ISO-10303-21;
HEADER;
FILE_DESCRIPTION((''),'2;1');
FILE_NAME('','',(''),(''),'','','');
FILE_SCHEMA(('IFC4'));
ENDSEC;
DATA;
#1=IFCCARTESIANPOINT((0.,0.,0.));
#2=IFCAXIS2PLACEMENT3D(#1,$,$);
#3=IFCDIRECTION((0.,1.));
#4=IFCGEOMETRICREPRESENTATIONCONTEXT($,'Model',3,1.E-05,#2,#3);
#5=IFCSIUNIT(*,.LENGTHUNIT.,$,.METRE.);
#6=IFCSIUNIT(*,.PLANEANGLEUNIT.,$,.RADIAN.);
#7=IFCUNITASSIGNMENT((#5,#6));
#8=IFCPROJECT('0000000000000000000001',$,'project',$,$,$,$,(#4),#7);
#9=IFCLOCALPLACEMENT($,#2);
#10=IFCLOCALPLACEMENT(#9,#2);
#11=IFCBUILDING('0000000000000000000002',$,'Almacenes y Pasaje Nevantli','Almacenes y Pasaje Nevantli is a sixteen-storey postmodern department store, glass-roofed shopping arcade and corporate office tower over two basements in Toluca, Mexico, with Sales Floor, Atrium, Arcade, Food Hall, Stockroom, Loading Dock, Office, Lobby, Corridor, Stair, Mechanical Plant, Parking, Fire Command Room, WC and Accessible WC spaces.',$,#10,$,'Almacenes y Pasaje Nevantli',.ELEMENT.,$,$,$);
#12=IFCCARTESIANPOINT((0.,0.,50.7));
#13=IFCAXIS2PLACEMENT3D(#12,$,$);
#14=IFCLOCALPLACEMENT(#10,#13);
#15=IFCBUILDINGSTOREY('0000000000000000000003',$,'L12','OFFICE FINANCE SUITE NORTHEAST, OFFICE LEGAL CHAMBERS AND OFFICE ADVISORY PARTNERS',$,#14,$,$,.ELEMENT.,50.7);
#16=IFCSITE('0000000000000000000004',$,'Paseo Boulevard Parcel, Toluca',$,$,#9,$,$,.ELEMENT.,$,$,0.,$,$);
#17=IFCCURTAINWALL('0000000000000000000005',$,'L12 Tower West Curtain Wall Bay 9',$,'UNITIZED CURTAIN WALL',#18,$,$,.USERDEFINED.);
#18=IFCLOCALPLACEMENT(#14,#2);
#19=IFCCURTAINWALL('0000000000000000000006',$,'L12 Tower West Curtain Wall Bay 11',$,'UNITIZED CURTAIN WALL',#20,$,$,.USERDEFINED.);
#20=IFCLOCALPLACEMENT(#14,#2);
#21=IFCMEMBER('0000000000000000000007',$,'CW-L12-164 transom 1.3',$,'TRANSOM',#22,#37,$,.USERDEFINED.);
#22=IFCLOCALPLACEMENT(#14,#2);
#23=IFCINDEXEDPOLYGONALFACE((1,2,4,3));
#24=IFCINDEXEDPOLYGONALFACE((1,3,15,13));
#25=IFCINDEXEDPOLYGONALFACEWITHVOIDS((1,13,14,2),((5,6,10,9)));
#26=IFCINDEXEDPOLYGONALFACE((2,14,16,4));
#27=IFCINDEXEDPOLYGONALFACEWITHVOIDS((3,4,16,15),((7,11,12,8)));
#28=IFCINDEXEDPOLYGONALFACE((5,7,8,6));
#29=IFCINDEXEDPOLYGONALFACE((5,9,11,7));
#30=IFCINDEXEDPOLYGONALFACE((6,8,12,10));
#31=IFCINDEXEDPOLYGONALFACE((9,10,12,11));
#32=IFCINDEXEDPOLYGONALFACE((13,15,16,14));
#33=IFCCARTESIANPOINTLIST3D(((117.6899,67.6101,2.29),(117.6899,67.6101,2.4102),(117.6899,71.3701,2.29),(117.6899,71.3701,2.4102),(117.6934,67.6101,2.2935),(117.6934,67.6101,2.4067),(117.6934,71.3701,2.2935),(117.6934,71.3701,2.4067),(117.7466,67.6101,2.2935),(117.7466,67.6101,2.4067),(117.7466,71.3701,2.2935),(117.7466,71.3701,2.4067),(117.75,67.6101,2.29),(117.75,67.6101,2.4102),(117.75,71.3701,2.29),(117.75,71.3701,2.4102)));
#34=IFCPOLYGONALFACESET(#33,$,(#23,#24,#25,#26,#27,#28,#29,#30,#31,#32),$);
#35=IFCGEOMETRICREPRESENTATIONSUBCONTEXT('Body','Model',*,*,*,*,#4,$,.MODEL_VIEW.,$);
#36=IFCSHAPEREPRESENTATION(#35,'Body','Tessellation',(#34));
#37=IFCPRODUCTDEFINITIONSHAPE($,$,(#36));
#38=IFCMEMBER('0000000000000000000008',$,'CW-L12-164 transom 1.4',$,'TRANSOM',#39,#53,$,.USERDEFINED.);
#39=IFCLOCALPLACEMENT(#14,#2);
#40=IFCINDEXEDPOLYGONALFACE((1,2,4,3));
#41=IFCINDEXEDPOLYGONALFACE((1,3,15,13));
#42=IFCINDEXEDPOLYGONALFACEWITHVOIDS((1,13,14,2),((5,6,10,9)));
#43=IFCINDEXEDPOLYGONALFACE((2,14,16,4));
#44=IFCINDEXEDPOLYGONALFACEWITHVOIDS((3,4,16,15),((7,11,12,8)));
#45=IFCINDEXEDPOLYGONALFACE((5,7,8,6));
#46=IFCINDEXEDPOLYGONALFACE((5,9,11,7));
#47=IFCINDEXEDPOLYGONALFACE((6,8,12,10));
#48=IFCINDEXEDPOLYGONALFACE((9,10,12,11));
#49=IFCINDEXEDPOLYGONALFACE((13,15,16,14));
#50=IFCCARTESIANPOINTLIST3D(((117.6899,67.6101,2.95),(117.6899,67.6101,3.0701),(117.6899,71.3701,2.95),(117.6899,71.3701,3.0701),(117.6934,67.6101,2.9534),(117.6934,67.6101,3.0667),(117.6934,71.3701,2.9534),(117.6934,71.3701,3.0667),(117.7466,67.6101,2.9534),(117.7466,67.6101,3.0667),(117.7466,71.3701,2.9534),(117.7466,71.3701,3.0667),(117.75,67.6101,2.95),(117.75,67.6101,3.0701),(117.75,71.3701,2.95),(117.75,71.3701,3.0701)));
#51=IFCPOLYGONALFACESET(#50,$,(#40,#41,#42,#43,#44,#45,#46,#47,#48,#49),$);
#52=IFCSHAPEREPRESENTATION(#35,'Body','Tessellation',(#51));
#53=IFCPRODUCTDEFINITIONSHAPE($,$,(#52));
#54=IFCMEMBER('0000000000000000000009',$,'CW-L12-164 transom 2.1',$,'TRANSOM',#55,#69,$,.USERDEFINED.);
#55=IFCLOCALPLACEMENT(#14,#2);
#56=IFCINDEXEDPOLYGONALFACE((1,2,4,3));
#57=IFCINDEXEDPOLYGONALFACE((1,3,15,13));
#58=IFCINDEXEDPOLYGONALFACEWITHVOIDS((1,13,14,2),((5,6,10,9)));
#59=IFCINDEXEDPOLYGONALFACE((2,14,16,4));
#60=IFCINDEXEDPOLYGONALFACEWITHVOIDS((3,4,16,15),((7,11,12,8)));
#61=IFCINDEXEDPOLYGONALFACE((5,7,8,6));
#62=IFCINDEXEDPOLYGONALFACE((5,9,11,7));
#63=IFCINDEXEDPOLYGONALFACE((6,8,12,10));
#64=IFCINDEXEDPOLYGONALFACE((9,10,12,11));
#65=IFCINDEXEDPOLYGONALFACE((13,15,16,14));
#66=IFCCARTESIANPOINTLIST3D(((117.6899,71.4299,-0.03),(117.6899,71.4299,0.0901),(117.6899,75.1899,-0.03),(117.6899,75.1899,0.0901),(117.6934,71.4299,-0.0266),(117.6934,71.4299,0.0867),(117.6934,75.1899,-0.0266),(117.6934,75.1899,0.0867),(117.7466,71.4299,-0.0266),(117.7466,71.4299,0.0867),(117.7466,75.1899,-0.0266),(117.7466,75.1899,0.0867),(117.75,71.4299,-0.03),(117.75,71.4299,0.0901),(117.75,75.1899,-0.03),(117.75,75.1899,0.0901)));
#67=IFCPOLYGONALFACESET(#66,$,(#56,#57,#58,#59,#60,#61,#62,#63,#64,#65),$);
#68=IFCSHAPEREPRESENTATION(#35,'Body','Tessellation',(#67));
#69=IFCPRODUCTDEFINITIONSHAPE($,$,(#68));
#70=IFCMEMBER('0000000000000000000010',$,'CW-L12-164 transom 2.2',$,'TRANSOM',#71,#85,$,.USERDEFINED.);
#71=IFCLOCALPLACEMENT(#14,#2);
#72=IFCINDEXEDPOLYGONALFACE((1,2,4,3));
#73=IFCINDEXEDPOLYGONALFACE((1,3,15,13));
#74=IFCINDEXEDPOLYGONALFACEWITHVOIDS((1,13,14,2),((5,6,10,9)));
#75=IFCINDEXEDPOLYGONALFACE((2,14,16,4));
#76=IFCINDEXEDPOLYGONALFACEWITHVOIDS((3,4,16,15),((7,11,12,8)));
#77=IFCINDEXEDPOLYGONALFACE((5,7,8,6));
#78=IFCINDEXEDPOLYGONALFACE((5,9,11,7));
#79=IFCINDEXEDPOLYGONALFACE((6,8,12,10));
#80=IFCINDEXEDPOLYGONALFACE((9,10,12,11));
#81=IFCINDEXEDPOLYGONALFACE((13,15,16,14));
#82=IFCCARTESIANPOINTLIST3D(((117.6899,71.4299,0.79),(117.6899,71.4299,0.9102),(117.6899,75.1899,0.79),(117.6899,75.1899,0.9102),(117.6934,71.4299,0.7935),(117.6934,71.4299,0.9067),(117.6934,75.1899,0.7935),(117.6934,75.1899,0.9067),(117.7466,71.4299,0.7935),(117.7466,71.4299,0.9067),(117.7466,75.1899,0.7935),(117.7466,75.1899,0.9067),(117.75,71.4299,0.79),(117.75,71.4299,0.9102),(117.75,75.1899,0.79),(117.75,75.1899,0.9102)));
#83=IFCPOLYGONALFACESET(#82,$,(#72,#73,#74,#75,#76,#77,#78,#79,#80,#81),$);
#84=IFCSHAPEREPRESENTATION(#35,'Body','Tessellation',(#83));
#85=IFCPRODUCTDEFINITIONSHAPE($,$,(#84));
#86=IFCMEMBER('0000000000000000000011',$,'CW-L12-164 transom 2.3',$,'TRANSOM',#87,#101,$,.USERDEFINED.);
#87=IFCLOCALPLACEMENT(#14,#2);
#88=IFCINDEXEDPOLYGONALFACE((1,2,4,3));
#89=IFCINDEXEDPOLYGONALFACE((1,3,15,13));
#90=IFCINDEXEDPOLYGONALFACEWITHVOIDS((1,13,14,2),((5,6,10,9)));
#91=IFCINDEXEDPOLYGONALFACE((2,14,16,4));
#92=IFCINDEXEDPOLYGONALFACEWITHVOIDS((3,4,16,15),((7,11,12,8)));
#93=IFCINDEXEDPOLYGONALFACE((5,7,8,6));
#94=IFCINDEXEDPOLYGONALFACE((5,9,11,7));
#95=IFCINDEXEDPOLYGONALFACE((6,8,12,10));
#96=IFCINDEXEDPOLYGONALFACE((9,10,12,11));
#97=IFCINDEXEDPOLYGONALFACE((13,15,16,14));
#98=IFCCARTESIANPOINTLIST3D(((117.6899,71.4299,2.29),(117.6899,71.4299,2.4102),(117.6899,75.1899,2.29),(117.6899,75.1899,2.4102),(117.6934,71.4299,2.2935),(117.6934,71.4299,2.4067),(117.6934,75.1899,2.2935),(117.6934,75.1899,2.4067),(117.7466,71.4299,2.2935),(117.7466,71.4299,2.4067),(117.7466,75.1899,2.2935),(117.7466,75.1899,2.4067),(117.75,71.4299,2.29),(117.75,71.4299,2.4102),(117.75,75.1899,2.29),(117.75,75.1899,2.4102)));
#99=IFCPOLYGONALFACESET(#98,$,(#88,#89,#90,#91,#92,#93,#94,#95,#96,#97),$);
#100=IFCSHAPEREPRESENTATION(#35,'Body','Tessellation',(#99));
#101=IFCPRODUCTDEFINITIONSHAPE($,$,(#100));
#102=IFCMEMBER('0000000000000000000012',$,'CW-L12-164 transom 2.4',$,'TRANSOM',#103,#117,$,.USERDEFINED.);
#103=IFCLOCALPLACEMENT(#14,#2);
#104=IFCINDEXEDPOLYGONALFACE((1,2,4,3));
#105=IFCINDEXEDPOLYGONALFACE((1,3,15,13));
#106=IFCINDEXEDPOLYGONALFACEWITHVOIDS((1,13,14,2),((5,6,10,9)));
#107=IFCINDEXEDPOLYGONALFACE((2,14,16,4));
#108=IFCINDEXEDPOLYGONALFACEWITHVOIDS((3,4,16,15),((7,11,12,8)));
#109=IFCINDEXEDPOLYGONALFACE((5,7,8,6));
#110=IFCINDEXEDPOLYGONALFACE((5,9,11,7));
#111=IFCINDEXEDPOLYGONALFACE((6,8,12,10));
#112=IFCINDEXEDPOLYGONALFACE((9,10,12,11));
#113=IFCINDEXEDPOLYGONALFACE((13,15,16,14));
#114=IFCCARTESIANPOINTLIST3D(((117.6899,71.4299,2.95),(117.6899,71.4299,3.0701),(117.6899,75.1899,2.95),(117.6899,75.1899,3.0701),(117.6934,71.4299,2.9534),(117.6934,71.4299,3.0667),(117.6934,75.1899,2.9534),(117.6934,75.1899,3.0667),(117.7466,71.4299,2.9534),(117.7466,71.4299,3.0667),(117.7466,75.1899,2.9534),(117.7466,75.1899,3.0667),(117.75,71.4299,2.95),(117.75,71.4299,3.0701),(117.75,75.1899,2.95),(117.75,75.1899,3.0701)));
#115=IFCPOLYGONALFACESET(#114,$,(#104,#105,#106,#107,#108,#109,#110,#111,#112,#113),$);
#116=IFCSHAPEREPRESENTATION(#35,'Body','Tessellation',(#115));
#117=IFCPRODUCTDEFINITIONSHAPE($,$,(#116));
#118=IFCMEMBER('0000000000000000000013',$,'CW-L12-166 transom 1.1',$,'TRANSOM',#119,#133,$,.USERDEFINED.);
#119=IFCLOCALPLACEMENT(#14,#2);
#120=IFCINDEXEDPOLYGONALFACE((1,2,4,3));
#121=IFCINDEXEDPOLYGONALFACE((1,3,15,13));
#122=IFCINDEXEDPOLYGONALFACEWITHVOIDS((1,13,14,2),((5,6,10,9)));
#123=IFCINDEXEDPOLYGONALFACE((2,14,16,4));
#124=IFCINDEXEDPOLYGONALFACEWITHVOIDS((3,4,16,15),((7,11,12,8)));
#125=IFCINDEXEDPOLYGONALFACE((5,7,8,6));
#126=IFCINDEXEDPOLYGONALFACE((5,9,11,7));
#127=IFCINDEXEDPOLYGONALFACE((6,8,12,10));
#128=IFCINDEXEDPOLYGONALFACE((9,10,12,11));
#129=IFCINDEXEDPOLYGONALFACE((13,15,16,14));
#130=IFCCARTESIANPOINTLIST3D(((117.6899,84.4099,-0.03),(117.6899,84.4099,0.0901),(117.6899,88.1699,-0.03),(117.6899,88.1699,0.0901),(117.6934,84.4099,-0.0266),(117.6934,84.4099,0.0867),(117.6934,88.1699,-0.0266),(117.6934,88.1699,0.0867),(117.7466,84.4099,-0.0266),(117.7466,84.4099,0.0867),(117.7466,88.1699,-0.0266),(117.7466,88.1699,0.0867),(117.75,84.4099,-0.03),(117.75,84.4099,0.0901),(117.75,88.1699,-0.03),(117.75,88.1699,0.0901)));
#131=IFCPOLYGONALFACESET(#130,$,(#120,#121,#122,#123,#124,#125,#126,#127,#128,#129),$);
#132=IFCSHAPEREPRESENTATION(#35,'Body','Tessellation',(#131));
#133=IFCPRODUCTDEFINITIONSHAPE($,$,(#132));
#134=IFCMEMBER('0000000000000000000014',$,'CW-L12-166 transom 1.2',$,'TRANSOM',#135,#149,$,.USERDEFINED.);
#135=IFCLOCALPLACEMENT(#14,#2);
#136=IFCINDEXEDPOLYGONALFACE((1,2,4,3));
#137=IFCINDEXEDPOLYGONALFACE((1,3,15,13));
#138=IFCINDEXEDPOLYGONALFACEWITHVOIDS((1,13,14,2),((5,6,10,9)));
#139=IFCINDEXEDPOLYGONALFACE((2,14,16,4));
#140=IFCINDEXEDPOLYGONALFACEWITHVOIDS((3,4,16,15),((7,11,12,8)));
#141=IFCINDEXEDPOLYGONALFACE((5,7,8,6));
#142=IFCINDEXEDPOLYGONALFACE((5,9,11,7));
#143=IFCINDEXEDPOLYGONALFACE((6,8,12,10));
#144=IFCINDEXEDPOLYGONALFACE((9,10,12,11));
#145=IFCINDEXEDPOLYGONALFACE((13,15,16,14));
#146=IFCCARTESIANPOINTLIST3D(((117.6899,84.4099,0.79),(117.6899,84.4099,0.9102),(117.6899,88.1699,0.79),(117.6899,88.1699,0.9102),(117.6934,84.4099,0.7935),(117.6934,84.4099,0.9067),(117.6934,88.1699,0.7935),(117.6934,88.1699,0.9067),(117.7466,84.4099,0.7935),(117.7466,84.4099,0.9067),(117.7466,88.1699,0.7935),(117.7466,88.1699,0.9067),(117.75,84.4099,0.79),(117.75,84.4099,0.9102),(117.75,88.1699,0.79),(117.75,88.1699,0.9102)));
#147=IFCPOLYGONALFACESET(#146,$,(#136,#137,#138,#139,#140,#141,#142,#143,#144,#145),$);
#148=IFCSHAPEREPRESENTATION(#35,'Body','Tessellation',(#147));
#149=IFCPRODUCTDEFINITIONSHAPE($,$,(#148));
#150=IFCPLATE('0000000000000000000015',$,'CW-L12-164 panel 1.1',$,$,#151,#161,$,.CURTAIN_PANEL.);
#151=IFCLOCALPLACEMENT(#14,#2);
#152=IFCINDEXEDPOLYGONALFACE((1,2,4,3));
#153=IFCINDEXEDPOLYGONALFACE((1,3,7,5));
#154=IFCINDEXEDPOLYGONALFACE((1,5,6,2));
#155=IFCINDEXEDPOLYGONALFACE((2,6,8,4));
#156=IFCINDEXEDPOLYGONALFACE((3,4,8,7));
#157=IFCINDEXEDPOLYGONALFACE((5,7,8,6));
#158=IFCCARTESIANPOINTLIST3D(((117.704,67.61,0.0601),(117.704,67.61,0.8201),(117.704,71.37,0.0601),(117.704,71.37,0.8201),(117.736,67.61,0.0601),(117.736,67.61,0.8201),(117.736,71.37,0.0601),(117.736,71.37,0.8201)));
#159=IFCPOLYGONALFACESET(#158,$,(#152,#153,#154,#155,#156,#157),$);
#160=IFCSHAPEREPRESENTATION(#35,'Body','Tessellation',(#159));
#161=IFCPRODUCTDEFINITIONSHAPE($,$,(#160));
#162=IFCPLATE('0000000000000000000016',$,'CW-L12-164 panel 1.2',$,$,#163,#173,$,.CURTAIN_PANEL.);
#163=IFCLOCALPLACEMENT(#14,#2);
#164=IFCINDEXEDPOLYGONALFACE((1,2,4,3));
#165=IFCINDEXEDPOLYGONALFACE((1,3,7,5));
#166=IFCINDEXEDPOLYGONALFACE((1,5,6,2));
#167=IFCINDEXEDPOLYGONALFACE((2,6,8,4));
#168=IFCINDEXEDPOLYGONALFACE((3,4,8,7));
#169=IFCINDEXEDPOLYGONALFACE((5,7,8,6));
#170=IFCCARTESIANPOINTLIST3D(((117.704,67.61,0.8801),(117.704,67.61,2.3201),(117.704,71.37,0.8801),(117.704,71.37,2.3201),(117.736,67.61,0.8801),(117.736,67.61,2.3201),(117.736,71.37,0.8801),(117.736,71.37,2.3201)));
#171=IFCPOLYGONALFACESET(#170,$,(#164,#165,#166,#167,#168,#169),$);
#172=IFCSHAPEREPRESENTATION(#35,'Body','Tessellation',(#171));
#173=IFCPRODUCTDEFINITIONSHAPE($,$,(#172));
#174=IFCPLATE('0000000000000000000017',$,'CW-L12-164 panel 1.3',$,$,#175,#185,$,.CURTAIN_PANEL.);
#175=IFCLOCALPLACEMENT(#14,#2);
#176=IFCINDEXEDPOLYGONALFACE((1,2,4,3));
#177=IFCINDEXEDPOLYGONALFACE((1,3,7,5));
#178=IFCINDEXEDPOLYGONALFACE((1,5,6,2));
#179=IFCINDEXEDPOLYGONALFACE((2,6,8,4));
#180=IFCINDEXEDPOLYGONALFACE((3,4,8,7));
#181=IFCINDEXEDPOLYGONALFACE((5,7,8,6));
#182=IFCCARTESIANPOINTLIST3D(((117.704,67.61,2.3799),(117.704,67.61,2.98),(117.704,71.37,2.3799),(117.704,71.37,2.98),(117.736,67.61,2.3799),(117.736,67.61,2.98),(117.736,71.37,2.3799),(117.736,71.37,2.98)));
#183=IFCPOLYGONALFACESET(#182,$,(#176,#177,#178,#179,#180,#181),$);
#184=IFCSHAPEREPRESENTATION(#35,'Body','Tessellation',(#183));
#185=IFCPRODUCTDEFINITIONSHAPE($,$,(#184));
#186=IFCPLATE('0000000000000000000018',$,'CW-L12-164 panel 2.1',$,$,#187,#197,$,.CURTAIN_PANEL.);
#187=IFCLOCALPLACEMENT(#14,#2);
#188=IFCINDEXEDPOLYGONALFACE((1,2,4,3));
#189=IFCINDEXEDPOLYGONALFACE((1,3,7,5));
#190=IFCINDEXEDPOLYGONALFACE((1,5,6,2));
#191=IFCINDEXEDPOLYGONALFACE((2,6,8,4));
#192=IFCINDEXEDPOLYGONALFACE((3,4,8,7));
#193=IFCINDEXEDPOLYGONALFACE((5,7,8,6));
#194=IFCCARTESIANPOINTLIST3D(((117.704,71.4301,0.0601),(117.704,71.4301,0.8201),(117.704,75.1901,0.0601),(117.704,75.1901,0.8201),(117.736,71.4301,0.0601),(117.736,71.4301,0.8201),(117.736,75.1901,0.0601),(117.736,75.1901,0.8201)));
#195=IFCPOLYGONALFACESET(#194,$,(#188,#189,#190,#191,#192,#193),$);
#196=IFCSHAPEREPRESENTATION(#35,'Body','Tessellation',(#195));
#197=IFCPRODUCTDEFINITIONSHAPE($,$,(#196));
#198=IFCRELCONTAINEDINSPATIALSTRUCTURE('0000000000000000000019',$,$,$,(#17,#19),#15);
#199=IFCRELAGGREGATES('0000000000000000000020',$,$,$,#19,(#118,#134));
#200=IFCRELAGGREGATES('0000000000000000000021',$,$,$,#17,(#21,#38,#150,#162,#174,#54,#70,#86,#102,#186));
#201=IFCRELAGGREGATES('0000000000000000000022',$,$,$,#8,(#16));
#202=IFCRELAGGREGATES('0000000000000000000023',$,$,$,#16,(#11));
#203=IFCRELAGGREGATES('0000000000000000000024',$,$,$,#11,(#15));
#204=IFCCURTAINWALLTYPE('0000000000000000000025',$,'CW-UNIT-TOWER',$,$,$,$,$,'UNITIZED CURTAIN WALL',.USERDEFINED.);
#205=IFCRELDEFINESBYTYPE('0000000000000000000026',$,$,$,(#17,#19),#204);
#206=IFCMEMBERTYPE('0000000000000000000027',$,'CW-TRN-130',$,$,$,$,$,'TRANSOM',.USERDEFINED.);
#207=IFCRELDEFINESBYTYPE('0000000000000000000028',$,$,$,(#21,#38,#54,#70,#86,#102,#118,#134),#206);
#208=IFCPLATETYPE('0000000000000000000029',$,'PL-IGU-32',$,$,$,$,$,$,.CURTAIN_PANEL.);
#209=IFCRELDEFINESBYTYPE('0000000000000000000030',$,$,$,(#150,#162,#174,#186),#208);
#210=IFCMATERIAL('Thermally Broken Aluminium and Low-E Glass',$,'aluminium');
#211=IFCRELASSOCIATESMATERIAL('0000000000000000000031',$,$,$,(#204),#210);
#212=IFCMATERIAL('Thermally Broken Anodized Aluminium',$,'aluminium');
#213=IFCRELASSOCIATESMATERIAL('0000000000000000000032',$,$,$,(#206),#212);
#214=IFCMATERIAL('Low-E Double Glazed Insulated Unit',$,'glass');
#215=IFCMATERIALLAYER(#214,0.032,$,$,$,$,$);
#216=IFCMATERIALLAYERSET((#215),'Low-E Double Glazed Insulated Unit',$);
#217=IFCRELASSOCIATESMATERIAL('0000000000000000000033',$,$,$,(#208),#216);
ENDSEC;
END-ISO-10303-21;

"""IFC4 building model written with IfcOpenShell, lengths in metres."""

from ifc_helpers import new_model, si_unit, direction, frame, origin, origin_2d, place, context, subcontext, project, spatial, rectangle, hollow_rectangle, extrude, material, layer, layer_set, material_profile, profile_set, type_object, element, aggregate, save


model = new_model("IFC4")

# Units and contexts
model_context = context("Model", 3, precision=1e-05, world=origin(), true_north=direction((0.0, 1.0)))
body_context = subcontext(model_context, "Body", "Model", "MODEL_VIEW")
ifc_project = project(units=[si_unit("LENGTHUNIT", "METRE"), si_unit("PLANEANGLEUNIT", "RADIAN")], contexts=[model_context])

# Site, building, storey
site_placement = place(None, origin())
site = spatial("IfcSite", under=ifc_project, at=site_placement, Name="Paseo Boulevard Parcel, Toluca", CompositionType="ELEMENT", RefElevation=0.0)
building_placement = place(site_placement, origin())
building = spatial("IfcBuilding", under=site, at=building_placement, Name="Almacenes y Pasaje Nevantli", Description="Almacenes y Pasaje Nevantli is a sixteen-storey postmodern department store, glass-roofed shopping arcade and corporate office tower over two basements in Toluca, Mexico, with Sales Floor, Atrium, Arcade, Food Hall, Stockroom, Loading Dock, Office, Lobby, Corridor, Stair, Mechanical Plant, Parking, Fire Command Room, WC and Accessible WC spaces.", LongName="Almacenes y Pasaje Nevantli", CompositionType="ELEMENT")
storey_placement = place(building_placement, frame((0.0, 0.0, 50.7)))
storey = spatial("IfcBuildingStorey", under=building, at=storey_placement, Name="L12", Description="OFFICE FINANCE SUITE NORTHEAST, OFFICE LEGAL CHAMBERS AND OFFICE ADVISORY PARTNERS", CompositionType="ELEMENT", Elevation=50.7)

# Curtain walls
ifc_material_1 = material(Name="Thermally Broken Aluminium and Low-E Glass", Category="aluminium")
curtain_wall_type = type_object("IfcCurtainWallType", Name="CW-UNIT-TOWER", ElementType="UNITIZED CURTAIN WALL", PredefinedType="USERDEFINED", material=ifc_material_1)
curtain_wall_1_placement = place(storey_placement, origin())
curtain_wall_1 = element("IfcCurtainWall", 1, at=curtain_wall_1_placement, inside=storey, type_object=curtain_wall_type, Name="L12 Tower West Curtain Wall Bay 9", ObjectType="UNITIZED CURTAIN WALL", PredefinedType="USERDEFINED")
curtain_wall_2_placement = place(storey_placement, origin())
curtain_wall_2 = element("IfcCurtainWall", 2, at=curtain_wall_2_placement, inside=storey, type_object=curtain_wall_type, Name="L12 Tower West Curtain Wall Bay 11", ObjectType="UNITIZED CURTAIN WALL", PredefinedType="USERDEFINED")

# Members
ifc_material_2 = material(Name="Thermally Broken Anodized Aluminium", Category="aluminium")
ifc_material_profile_1 = material_profile(ifc_material_2, hollow_rectangle(XDim=0.0601, YDim=0.1201, WallThickness=0.0034, at=origin_2d()), Name="ALU-TRN-60x120")
ifc_profile_set_1 = profile_set([ifc_material_profile_1], Name="Thermally Broken Anodized Aluminium")
member_type_1 = type_object("IfcMemberType", Name="CW-TRN-130", ElementType="TRANSOM", PredefinedType="USERDEFINED", material=ifc_profile_set_1)
member_1_placement = place(storey_placement, frame((117.72, 67.6101, 2.3501), z_axis=(0.0, 1.0, 0.0), x_axis=(-1.0, 0.0, 0.0)))
member_1 = element("IfcMember", 3, at=member_1_placement, type_object=member_type_1, Name="CW-L12-164 transom 1.3", ObjectType="TRANSOM", PredefinedType="USERDEFINED", context=body_context, shape_type="SweptSolid", body=[
    extrude(hollow_rectangle(XDim=0.0601, YDim=0.1201, WallThickness=0.0034, at=origin_2d()), origin(), (0.0, 0.0, 1.0), 3.76),
])
member_2_placement = place(storey_placement, frame((117.72, 67.6101, 3.01), z_axis=(0.0, 1.0, 0.0), x_axis=(-1.0, 0.0, 0.0)))
member_2 = element("IfcMember", 4, at=member_2_placement, type_object=member_type_1, Name="CW-L12-164 transom 1.4", ObjectType="TRANSOM", PredefinedType="USERDEFINED", context=body_context, shape_type="SweptSolid", body=[
    extrude(hollow_rectangle(XDim=0.0601, YDim=0.1201, WallThickness=0.0034, at=origin_2d()), origin(), (0.0, 0.0, 1.0), 3.76),
])
member_3_placement = place(storey_placement, frame((117.72, 71.4299, 0.03), z_axis=(0.0, 1.0, 0.0), x_axis=(-1.0, 0.0, 0.0)))
member_3 = element("IfcMember", 5, at=member_3_placement, type_object=member_type_1, Name="CW-L12-164 transom 2.1", ObjectType="TRANSOM", PredefinedType="USERDEFINED", context=body_context, shape_type="SweptSolid", body=[
    extrude(hollow_rectangle(XDim=0.0601, YDim=0.1201, WallThickness=0.0034, at=origin_2d()), origin(), (0.0, 0.0, 1.0), 3.76),
])
member_4_placement = place(storey_placement, frame((117.72, 71.4299, 0.8501), z_axis=(0.0, 1.0, 0.0), x_axis=(-1.0, 0.0, 0.0)))
member_4 = element("IfcMember", 6, at=member_4_placement, type_object=member_type_1, Name="CW-L12-164 transom 2.2", ObjectType="TRANSOM", PredefinedType="USERDEFINED", context=body_context, shape_type="SweptSolid", body=[
    extrude(hollow_rectangle(XDim=0.0601, YDim=0.1201, WallThickness=0.0034, at=origin_2d()), origin(), (0.0, 0.0, 1.0), 3.76),
])
member_5_placement = place(storey_placement, frame((117.72, 71.4299, 2.3501), z_axis=(0.0, 1.0, 0.0), x_axis=(-1.0, 0.0, 0.0)))
member_5 = element("IfcMember", 7, at=member_5_placement, type_object=member_type_1, Name="CW-L12-164 transom 2.3", ObjectType="TRANSOM", PredefinedType="USERDEFINED", context=body_context, shape_type="SweptSolid", body=[
    extrude(hollow_rectangle(XDim=0.0601, YDim=0.1201, WallThickness=0.0034, at=origin_2d()), origin(), (0.0, 0.0, 1.0), 3.76),
])
member_6_placement = place(storey_placement, frame((117.72, 71.4299, 3.01), z_axis=(0.0, 1.0, 0.0), x_axis=(-1.0, 0.0, 0.0)))
member_6 = element("IfcMember", 8, at=member_6_placement, type_object=member_type_1, Name="CW-L12-164 transom 2.4", ObjectType="TRANSOM", PredefinedType="USERDEFINED", context=body_context, shape_type="SweptSolid", body=[
    extrude(hollow_rectangle(XDim=0.0601, YDim=0.1201, WallThickness=0.0034, at=origin_2d()), origin(), (0.0, 0.0, 1.0), 3.76),
])
member_7_placement = place(storey_placement, frame((117.72, 84.4099, 0.03), z_axis=(0.0, 1.0, 0.0), x_axis=(-1.0, 0.0, 0.0)))
member_7 = element("IfcMember", 9, at=member_7_placement, type_object=member_type_1, Name="CW-L12-166 transom 1.1", ObjectType="TRANSOM", PredefinedType="USERDEFINED", context=body_context, shape_type="SweptSolid", body=[
    extrude(hollow_rectangle(XDim=0.0601, YDim=0.1201, WallThickness=0.0034, at=origin_2d()), origin(), (0.0, 0.0, 1.0), 3.76),
])
member_8_placement = place(storey_placement, frame((117.72, 84.4099, 0.8501), z_axis=(0.0, 1.0, 0.0), x_axis=(-1.0, 0.0, 0.0)))
member_8 = element("IfcMember", 10, at=member_8_placement, type_object=member_type_1, Name="CW-L12-166 transom 1.2", ObjectType="TRANSOM", PredefinedType="USERDEFINED", context=body_context, shape_type="SweptSolid", body=[
    extrude(hollow_rectangle(XDim=0.0601, YDim=0.1201, WallThickness=0.0034, at=origin_2d()), origin(), (0.0, 0.0, 1.0), 3.76),
])
aggregate(curtain_wall_2, [member_7, member_8])

# Plates
ifc_material_3 = material(Name="Low-E Double Glazed Insulated Unit", Category="glass")
ifc_layer = layer(ifc_material_3, 0.032)
ifc_layer_set = layer_set([ifc_layer], Name="Low-E Double Glazed Insulated Unit")
plate_type = type_object("IfcPlateType", Name="PL-IGU-32", PredefinedType="CURTAIN_PANEL", material=ifc_layer_set)
plate_1_placement = place(storey_placement, frame((117.72, 69.49, 0.0601), z_axis=(0.0, 0.0, 1.0), x_axis=(0.0, 1.0, 0.0)))
plate_1 = element("IfcPlate", 11, at=plate_1_placement, type_object=plate_type, Name="CW-L12-164 panel 1.1", PredefinedType="CURTAIN_PANEL", context=body_context, shape_type="SweptSolid", body=[
    extrude(rectangle(XDim=3.76, YDim=0.032, at=origin_2d()), origin(), (0.0, 0.0, 1.0), 0.76),
])
plate_2_placement = place(storey_placement, frame((117.72, 69.49, 0.8801), z_axis=(0.0, 0.0, 1.0), x_axis=(0.0, 1.0, 0.0)))
plate_2 = element("IfcPlate", 12, at=plate_2_placement, type_object=plate_type, Name="CW-L12-164 panel 1.2", PredefinedType="CURTAIN_PANEL", context=body_context, shape_type="SweptSolid", body=[
    extrude(rectangle(XDim=3.76, YDim=0.032, at=origin_2d()), origin(), (0.0, 0.0, 1.0), 1.4399),
])
plate_3_placement = place(storey_placement, frame((117.72, 69.49, 2.3799), z_axis=(0.0, 0.0, 1.0), x_axis=(0.0, 1.0, 0.0)))
plate_3 = element("IfcPlate", 13, at=plate_3_placement, type_object=plate_type, Name="CW-L12-164 panel 1.3", PredefinedType="CURTAIN_PANEL", context=body_context, shape_type="SweptSolid", body=[
    extrude(rectangle(XDim=3.76, YDim=0.032, at=origin_2d()), origin(), (0.0, 0.0, 1.0), 0.6001),
])
plate_4_placement = place(storey_placement, frame((117.72, 73.3101, 0.0601), z_axis=(0.0, 0.0, 1.0), x_axis=(0.0, 1.0, 0.0)))
plate_4 = element("IfcPlate", 14, at=plate_4_placement, type_object=plate_type, Name="CW-L12-164 panel 2.1", PredefinedType="CURTAIN_PANEL", context=body_context, shape_type="SweptSolid", body=[
    extrude(rectangle(XDim=3.76, YDim=0.032, at=origin_2d()), origin(), (0.0, 0.0, 1.0), 0.76),
])
aggregate(curtain_wall_1, [member_1, member_2, plate_1, plate_2, plate_3, member_3, member_4, member_5, member_6, plate_4])

save(model, "model.ifc")
